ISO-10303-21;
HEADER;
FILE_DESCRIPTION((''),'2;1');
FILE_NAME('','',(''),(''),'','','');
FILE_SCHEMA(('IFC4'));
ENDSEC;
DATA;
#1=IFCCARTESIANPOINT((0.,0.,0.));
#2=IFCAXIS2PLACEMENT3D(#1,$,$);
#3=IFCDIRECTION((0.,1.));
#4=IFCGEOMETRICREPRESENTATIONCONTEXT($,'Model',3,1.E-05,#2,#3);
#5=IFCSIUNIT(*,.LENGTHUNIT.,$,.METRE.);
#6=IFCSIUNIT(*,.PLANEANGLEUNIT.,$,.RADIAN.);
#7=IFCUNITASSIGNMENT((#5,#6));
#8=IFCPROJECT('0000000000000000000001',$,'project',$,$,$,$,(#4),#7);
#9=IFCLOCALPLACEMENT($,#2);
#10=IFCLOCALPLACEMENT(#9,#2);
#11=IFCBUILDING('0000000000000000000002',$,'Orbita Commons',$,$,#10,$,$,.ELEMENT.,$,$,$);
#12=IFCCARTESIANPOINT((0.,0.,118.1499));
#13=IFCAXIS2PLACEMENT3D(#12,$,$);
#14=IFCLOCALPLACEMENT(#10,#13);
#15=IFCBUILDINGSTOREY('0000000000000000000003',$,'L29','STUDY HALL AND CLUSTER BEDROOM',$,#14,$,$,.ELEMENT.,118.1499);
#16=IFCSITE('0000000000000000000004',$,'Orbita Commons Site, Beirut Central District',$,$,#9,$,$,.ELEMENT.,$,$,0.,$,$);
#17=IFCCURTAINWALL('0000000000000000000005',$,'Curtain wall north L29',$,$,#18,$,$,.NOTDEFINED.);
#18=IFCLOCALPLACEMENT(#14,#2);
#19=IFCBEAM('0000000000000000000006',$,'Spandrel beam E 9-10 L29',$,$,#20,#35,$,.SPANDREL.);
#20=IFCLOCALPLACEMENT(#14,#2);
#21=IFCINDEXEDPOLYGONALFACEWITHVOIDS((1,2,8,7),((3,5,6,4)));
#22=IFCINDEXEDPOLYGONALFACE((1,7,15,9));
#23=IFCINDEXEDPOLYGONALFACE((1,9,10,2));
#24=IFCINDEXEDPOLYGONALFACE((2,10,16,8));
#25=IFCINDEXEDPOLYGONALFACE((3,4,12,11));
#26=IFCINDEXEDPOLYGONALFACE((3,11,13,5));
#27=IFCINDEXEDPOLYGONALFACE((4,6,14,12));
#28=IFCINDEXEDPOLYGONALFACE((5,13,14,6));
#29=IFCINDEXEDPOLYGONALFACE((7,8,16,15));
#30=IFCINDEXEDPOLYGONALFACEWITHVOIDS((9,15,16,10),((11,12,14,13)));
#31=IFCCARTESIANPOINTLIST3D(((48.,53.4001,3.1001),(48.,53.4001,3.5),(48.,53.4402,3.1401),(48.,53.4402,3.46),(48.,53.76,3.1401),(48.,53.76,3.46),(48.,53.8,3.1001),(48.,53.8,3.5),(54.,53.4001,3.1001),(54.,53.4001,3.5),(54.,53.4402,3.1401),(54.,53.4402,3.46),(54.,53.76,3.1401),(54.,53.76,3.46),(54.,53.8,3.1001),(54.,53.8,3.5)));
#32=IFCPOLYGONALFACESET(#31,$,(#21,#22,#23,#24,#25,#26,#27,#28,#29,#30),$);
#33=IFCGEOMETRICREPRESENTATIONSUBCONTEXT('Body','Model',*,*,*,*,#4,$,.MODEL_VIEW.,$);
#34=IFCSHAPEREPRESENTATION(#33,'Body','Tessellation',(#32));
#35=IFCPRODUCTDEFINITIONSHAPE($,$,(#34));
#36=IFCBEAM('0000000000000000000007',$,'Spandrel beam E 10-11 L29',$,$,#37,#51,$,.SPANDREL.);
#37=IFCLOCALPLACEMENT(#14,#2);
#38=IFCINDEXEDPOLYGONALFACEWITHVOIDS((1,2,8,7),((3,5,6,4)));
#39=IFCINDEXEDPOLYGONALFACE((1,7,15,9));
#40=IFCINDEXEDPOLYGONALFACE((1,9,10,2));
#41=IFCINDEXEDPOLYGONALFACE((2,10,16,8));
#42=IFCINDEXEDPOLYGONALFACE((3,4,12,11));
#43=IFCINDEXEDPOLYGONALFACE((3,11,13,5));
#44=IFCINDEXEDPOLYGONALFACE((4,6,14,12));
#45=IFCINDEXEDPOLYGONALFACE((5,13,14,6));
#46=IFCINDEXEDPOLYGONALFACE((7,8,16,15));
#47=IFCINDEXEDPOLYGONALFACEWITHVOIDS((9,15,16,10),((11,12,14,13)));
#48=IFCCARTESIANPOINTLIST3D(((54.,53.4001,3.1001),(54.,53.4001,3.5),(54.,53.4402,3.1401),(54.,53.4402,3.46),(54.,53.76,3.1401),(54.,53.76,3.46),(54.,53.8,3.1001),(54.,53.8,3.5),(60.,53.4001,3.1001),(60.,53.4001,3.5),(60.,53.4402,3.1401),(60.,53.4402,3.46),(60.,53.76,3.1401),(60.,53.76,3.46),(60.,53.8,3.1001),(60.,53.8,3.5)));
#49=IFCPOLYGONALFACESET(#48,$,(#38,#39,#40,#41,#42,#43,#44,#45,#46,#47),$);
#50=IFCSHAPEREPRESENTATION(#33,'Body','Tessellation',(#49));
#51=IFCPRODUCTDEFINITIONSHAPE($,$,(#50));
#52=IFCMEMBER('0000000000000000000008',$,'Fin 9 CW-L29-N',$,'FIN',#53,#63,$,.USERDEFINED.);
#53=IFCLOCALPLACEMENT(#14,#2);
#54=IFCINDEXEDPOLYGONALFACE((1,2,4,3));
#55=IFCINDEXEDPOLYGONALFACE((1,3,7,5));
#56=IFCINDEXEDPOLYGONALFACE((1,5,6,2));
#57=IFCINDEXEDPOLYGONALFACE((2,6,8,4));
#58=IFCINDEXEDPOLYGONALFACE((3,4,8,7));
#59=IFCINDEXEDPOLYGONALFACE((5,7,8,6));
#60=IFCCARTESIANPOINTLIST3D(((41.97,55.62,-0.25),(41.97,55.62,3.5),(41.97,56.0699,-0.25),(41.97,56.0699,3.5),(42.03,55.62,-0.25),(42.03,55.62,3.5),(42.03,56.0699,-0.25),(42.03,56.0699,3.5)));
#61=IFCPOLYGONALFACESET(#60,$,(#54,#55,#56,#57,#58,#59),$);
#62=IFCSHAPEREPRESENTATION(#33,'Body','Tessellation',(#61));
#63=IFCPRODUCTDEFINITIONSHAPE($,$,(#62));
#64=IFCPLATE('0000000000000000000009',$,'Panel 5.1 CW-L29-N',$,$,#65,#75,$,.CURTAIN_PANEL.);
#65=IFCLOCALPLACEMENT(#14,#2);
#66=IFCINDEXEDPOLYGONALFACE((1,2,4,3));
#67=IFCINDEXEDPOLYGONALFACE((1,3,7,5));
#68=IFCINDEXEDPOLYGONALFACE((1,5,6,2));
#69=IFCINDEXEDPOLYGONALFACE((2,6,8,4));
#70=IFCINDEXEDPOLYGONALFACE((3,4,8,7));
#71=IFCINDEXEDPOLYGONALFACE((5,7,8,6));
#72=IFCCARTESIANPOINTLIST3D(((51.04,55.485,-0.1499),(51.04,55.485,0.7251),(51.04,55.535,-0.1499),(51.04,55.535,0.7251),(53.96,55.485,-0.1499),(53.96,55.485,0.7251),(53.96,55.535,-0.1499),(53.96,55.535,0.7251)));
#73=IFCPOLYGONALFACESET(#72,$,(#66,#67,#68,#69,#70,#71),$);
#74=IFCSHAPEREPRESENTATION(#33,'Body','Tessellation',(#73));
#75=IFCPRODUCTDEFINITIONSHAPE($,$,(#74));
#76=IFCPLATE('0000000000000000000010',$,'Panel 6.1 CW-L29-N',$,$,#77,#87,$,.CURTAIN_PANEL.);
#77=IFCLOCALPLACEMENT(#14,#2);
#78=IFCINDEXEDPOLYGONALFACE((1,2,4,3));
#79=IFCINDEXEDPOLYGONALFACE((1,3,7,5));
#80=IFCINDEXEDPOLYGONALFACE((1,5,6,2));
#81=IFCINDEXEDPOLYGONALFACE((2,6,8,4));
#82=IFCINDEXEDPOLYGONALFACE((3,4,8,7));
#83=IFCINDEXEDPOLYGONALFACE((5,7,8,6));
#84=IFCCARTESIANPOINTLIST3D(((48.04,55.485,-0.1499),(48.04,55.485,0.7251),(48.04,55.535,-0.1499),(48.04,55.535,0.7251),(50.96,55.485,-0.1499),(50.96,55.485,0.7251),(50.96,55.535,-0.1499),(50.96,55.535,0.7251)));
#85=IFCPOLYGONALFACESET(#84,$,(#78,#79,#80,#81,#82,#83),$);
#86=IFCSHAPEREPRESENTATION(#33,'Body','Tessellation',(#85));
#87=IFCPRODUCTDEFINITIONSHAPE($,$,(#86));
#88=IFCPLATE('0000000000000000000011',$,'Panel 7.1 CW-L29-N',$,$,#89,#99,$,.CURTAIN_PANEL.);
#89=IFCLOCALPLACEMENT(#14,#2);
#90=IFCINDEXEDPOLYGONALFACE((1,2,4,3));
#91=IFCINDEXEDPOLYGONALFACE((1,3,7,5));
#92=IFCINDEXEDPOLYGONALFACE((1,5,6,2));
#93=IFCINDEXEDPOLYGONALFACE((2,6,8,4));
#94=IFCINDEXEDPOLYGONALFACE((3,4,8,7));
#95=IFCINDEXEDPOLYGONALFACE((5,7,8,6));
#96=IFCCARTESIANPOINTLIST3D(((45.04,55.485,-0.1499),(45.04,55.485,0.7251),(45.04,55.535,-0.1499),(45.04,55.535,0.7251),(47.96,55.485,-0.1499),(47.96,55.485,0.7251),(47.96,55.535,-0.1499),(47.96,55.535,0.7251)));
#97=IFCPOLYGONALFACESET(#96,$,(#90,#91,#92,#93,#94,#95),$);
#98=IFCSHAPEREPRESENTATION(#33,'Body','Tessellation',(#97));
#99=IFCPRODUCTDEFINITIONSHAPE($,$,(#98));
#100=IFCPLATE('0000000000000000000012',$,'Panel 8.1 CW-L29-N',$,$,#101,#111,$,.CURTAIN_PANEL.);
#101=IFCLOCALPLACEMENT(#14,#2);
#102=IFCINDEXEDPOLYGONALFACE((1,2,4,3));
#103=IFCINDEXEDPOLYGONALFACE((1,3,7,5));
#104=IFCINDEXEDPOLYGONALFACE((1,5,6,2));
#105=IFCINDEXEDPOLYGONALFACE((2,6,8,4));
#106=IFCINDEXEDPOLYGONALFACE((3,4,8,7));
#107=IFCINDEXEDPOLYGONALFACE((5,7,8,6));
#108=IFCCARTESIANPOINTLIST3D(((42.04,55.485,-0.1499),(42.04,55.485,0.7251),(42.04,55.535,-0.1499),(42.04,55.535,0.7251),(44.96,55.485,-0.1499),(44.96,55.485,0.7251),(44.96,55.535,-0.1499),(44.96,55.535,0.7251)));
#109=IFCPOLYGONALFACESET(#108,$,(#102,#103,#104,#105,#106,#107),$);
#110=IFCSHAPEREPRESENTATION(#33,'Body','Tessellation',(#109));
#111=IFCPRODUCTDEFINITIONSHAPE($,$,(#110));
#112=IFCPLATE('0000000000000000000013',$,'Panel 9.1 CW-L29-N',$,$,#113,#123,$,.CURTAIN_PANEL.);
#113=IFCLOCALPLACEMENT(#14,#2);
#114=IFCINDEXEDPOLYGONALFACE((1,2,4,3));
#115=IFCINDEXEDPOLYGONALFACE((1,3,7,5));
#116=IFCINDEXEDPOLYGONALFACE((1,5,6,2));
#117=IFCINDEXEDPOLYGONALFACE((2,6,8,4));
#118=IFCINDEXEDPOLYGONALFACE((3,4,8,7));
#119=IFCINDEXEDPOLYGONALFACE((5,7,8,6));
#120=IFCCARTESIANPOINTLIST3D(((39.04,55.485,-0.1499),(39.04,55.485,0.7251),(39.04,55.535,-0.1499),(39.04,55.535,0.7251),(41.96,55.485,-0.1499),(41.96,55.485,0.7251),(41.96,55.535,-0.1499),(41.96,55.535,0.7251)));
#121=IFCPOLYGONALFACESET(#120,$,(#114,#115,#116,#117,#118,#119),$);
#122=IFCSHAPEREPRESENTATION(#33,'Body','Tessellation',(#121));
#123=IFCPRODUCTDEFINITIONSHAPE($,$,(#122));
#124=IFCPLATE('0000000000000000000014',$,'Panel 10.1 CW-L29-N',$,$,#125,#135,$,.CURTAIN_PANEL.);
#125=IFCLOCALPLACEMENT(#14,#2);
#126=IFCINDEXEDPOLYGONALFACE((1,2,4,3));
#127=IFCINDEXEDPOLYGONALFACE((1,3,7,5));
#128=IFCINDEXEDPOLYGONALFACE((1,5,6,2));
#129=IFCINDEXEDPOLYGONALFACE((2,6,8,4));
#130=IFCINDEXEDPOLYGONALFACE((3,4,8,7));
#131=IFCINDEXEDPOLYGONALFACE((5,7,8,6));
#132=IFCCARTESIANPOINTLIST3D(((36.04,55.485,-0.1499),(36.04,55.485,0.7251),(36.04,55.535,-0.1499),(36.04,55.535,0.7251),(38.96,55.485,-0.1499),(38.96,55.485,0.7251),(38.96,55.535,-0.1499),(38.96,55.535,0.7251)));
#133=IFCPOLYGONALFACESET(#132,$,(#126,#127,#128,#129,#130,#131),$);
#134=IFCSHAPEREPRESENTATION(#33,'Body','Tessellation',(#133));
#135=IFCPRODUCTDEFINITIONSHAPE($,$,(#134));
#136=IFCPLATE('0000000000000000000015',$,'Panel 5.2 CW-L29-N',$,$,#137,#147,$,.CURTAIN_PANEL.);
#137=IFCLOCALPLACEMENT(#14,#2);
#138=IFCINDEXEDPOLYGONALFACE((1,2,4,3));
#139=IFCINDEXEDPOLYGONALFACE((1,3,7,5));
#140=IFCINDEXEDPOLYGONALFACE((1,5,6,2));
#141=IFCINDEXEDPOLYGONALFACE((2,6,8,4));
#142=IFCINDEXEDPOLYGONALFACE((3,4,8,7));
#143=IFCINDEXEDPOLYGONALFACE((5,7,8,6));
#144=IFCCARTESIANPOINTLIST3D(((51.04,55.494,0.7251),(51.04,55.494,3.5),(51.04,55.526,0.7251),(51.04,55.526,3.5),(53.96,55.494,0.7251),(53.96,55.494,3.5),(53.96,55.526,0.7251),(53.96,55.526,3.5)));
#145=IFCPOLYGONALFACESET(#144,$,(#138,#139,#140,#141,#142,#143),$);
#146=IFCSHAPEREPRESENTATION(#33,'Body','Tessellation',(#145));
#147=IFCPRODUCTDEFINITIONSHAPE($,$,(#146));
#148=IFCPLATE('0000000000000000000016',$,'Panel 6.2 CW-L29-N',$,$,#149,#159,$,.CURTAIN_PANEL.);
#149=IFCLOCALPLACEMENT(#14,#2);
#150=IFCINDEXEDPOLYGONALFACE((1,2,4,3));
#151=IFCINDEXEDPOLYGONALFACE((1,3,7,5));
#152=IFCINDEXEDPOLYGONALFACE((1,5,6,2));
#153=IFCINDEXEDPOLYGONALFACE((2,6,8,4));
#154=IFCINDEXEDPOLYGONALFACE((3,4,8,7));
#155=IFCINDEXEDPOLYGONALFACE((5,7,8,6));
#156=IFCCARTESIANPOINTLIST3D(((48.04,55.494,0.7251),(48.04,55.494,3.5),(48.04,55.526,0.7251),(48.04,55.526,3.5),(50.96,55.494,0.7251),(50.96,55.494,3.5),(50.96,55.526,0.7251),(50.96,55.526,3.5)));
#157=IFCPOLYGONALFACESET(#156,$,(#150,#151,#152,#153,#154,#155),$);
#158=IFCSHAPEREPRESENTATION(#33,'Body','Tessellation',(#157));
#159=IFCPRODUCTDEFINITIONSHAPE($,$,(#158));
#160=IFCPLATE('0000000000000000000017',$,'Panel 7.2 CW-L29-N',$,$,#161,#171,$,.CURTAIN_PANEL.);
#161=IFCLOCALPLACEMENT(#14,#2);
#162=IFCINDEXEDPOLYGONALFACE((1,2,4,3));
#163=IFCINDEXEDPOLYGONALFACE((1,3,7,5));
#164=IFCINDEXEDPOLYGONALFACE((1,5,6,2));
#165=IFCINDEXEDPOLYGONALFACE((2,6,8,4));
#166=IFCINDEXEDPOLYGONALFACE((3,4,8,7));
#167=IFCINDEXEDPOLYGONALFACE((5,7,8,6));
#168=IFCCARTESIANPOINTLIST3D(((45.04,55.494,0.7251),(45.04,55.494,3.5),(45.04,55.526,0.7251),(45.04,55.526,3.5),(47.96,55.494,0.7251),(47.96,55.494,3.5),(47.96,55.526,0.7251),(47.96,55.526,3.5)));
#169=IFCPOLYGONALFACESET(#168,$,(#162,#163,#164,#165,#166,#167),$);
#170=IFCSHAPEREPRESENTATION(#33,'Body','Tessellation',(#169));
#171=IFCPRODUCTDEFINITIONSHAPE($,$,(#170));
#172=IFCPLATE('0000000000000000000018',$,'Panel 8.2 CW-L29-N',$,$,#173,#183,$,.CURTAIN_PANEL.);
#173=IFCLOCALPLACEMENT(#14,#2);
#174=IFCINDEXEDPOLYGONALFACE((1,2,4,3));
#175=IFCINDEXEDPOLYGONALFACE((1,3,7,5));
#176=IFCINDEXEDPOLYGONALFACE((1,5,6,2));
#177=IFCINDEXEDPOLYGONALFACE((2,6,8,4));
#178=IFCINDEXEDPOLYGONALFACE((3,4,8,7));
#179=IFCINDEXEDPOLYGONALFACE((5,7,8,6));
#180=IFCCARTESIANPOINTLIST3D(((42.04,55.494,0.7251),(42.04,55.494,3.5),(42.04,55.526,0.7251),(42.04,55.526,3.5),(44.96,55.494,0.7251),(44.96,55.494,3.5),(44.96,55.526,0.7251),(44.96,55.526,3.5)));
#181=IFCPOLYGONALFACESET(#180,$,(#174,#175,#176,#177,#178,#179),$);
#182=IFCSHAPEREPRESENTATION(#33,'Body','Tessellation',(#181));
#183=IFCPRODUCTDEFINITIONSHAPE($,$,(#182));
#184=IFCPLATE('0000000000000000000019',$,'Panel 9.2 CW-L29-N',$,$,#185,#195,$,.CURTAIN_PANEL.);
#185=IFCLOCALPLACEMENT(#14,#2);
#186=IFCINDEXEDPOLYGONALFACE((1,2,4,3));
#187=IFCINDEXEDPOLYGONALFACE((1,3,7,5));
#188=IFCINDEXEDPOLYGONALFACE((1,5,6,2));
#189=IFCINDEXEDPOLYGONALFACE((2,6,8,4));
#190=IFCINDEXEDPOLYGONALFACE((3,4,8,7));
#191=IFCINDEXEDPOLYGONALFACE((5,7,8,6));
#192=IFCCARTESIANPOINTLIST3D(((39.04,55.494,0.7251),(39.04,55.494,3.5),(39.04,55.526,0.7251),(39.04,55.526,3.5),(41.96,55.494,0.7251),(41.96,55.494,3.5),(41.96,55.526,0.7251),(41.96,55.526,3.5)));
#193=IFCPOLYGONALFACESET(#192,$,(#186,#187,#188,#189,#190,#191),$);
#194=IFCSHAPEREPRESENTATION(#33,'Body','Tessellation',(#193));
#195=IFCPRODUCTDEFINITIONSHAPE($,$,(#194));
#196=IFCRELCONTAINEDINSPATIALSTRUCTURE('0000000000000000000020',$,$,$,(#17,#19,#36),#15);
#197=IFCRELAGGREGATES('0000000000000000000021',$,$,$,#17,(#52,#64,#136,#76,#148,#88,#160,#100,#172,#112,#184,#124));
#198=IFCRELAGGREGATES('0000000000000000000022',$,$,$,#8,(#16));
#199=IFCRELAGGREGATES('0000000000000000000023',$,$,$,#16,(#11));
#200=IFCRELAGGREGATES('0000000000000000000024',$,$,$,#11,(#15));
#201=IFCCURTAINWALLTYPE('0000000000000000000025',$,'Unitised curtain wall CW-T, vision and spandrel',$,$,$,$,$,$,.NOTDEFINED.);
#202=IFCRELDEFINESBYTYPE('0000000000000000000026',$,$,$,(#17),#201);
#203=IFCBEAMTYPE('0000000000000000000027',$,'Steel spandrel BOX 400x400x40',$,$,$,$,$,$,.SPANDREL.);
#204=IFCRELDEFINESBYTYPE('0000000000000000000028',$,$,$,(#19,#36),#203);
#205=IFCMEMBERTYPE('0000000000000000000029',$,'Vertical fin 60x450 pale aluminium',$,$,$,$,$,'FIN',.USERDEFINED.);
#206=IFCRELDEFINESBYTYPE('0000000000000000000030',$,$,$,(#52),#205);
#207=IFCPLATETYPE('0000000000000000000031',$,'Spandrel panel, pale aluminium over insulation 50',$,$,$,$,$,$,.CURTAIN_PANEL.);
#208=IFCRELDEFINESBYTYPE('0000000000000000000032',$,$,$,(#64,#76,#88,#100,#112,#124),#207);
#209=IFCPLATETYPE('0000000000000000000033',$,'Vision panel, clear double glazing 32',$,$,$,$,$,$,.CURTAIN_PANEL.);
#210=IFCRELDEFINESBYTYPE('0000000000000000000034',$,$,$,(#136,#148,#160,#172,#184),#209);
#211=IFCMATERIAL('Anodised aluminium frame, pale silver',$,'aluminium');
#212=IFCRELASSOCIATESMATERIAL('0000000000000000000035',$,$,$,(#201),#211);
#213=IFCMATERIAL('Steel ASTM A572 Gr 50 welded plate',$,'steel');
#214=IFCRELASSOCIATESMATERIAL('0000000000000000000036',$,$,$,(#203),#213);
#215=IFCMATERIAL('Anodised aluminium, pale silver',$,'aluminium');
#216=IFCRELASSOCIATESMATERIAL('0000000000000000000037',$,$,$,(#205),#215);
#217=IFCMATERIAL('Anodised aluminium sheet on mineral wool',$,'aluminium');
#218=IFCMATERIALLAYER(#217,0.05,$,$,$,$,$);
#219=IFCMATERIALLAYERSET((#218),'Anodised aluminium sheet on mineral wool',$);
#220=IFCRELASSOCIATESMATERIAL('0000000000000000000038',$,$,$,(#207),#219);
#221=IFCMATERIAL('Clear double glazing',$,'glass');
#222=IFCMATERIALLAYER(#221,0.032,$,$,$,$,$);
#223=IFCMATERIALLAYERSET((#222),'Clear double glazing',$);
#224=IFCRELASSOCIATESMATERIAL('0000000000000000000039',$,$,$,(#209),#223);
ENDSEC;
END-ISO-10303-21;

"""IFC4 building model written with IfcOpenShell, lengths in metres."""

from ifc_helpers import new_model, si_unit, direction, frame, origin, origin_2d, place, context, subcontext, project, spatial, rectangle, hollow_rectangle, extrude, material, layer, layer_set, material_profile, profile_set, type_object, element, aggregate, save


model = new_model("IFC4")

# Units and contexts
model_context = context("Model", 3, precision=1e-05, world=origin(), true_north=direction((0.0, 1.0)))
body_context = subcontext(model_context, "Body", "Model", "MODEL_VIEW")
ifc_project = project(units=[si_unit("LENGTHUNIT", "METRE"), si_unit("PLANEANGLEUNIT", "RADIAN")], contexts=[model_context])

# Site, building, storey
site_placement = place(None, origin())
site = spatial("IfcSite", under=ifc_project, at=site_placement, Name="Orbita Commons Site, Beirut Central District", CompositionType="ELEMENT", RefElevation=0.0)
building_placement = place(site_placement, origin())
building = spatial("IfcBuilding", under=site, at=building_placement, Name="Orbita Commons", CompositionType="ELEMENT")
storey_placement = place(building_placement, frame((0.0, 0.0, 118.1499)))
storey = spatial("IfcBuildingStorey", under=building, at=storey_placement, Name="L29", Description="STUDY HALL AND CLUSTER BEDROOM", CompositionType="ELEMENT", Elevation=118.1499)

# Curtain wall
ifc_material_1 = material(Name="Anodised aluminium frame, pale silver", Category="aluminium")
curtain_wall_type = type_object("IfcCurtainWallType", Name="Unitised curtain wall CW-T, vision and spandrel", PredefinedType="NOTDEFINED", material=ifc_material_1)
curtain_wall_placement = place(storey_placement, origin())
curtain_wall = element("IfcCurtainWall", 1, at=curtain_wall_placement, inside=storey, type_object=curtain_wall_type, Name="Curtain wall north L29", PredefinedType="NOTDEFINED")

# Beams
ifc_material_2 = material(Name="Steel ASTM A572 Gr 50 welded plate", Category="steel")
ifc_material_profile_1 = material_profile(ifc_material_2, hollow_rectangle(XDim=0.3999, YDim=0.3999, WallThickness=0.04, at=origin_2d()), Name="BOX 400x400x40")
ifc_profile_set_1 = profile_set([ifc_material_profile_1], Name="Steel ASTM A572 Gr 50 welded plate")
beam_type = type_object("IfcBeamType", Name="Steel spandrel BOX 400x400x40", PredefinedType="SPANDREL", material=ifc_profile_set_1)
for number, where, z_axis, x_axis, name in (
    (2, (48.0, 53.6001, 3.3), (1.0, 0.0, 0.0), (0.0, 1.0, 0.0), "Spandrel beam E 9-10 L29"),
    (3, (54.0, 53.6001, 3.3), (1.0, 0.0, 0.0), (0.0, 1.0, 0.0), "Spandrel beam E 10-11 L29"),
):
    element("IfcBeam", number, at=place(storey_placement, frame(where, z_axis=z_axis, x_axis=x_axis)), inside=storey, type_object=beam_type, Name=name, PredefinedType="SPANDREL", context=body_context, shape_type="SweptSolid", body=[
        extrude(hollow_rectangle(XDim=0.3999, YDim=0.3999, WallThickness=0.04, at=origin_2d()), origin(), (0.0, 0.0, 1.0), 6.0),
    ])

# Member
ifc_material_3 = material(Name="Anodised aluminium, pale silver", Category="aluminium")
ifc_material_profile_2 = material_profile(ifc_material_3, rectangle(XDim=0.0601, YDim=0.45, at=origin_2d()), Name="FIN 60x450")
ifc_profile_set_2 = profile_set([ifc_material_profile_2], Name="Anodised aluminium, pale silver")
member_type_1 = type_object("IfcMemberType", Name="Vertical fin 60x450 pale aluminium", ElementType="FIN", PredefinedType="USERDEFINED", material=ifc_profile_set_2)
member_1_placement = place(storey_placement, frame((42.0, 55.845, -0.25), z_axis=(0.0, 0.0, 1.0), x_axis=(-1.0, 0.0, 0.0)))
member_1 = element("IfcMember", 4, at=member_1_placement, type_object=member_type_1, Name="Fin 9 CW-L29-N", ObjectType="FIN", PredefinedType="USERDEFINED", context=body_context, shape_type="SweptSolid", body=[
    extrude(rectangle(XDim=0.0601, YDim=0.45, at=origin_2d()), origin(), (0.0, 0.0, 1.0), 3.75),
])

# Plates
ifc_material_4 = material(Name="Anodised aluminium sheet on mineral wool", Category="aluminium")
ifc_layer_1 = layer(ifc_material_4, 0.05)
ifc_layer_set_1 = layer_set([ifc_layer_1], Name="Anodised aluminium sheet on mineral wool")
plate_type_1 = type_object("IfcPlateType", Name="Spandrel panel, pale aluminium over insulation 50", PredefinedType="CURTAIN_PANEL", material=ifc_layer_set_1)
plate_1_placement = place(storey_placement, frame((52.5, 55.51, -0.1499), z_axis=(0.0, 0.0, 1.0), x_axis=(-1.0, 0.0, 0.0)))
plate_1 = element("IfcPlate", 5, at=plate_1_placement, type_object=plate_type_1, Name="Panel 5.1 CW-L29-N", PredefinedType="CURTAIN_PANEL", context=body_context, shape_type="SweptSolid", body=[
    extrude(rectangle(XDim=2.9199, YDim=0.05, at=origin_2d()), origin(), (0.0, 0.0, 1.0), 0.875),
])
plate_2_placement = place(storey_placement, frame((49.5, 55.51, -0.1499), z_axis=(0.0, 0.0, 1.0), x_axis=(-1.0, 0.0, 0.0)))
plate_2 = element("IfcPlate", 6, at=plate_2_placement, type_object=plate_type_1, Name="Panel 6.1 CW-L29-N", PredefinedType="CURTAIN_PANEL", context=body_context, shape_type="SweptSolid", body=[
    extrude(rectangle(XDim=2.9199, YDim=0.05, at=origin_2d()), origin(), (0.0, 0.0, 1.0), 0.875),
])
plate_3_placement = place(storey_placement, frame((46.5, 55.51, -0.1499), z_axis=(0.0, 0.0, 1.0), x_axis=(-1.0, 0.0, 0.0)))
plate_3 = element("IfcPlate", 7, at=plate_3_placement, type_object=plate_type_1, Name="Panel 7.1 CW-L29-N", PredefinedType="CURTAIN_PANEL", context=body_context, shape_type="SweptSolid", body=[
    extrude(rectangle(XDim=2.9199, YDim=0.05, at=origin_2d()), origin(), (0.0, 0.0, 1.0), 0.875),
])
plate_4_placement = place(storey_placement, frame((43.5, 55.51, -0.1499), z_axis=(0.0, 0.0, 1.0), x_axis=(-1.0, 0.0, 0.0)))
plate_4 = element("IfcPlate", 8, at=plate_4_placement, type_object=plate_type_1, Name="Panel 8.1 CW-L29-N", PredefinedType="CURTAIN_PANEL", context=body_context, shape_type="SweptSolid", body=[
    extrude(rectangle(XDim=2.9199, YDim=0.05, at=origin_2d()), origin(), (0.0, 0.0, 1.0), 0.875),
])
plate_5_placement = place(storey_placement, frame((40.5, 55.51, -0.1499), z_axis=(0.0, 0.0, 1.0), x_axis=(-1.0, 0.0, 0.0)))
plate_5 = element("IfcPlate", 9, at=plate_5_placement, type_object=plate_type_1, Name="Panel 9.1 CW-L29-N", PredefinedType="CURTAIN_PANEL", context=body_context, shape_type="SweptSolid", body=[
    extrude(rectangle(XDim=2.9199, YDim=0.05, at=origin_2d()), origin(), (0.0, 0.0, 1.0), 0.875),
])
plate_6_placement = place(storey_placement, frame((37.5, 55.51, -0.1499), z_axis=(0.0, 0.0, 1.0), x_axis=(-1.0, 0.0, 0.0)))
plate_6 = element("IfcPlate", 10, at=plate_6_placement, type_object=plate_type_1, Name="Panel 10.1 CW-L29-N", PredefinedType="CURTAIN_PANEL", context=body_context, shape_type="SweptSolid", body=[
    extrude(rectangle(XDim=2.9199, YDim=0.05, at=origin_2d()), origin(), (0.0, 0.0, 1.0), 0.875),
])
ifc_material_5 = material(Name="Clear double glazing", Category="glass")
ifc_layer_2 = layer(ifc_material_5, 0.032)
ifc_layer_set_2 = layer_set([ifc_layer_2], Name="Clear double glazing")
plate_type_2 = type_object("IfcPlateType", Name="Vision panel, clear double glazing 32", PredefinedType="CURTAIN_PANEL", material=ifc_layer_set_2)
plate_7_placement = place(storey_placement, frame((52.5, 55.51, 0.7251), z_axis=(0.0, 0.0, 1.0), x_axis=(-1.0, 0.0, 0.0)))
plate_7 = element("IfcPlate", 11, at=plate_7_placement, type_object=plate_type_2, Name="Panel 5.2 CW-L29-N", PredefinedType="CURTAIN_PANEL", context=body_context, shape_type="SweptSolid", body=[
    extrude(rectangle(XDim=2.9199, YDim=0.032, at=origin_2d()), origin(), (0.0, 0.0, 1.0), 2.7749),
])
plate_8_placement = place(storey_placement, frame((49.5, 55.51, 0.7251), z_axis=(0.0, 0.0, 1.0), x_axis=(-1.0, 0.0, 0.0)))
plate_8 = element("IfcPlate", 12, at=plate_8_placement, type_object=plate_type_2, Name="Panel 6.2 CW-L29-N", PredefinedType="CURTAIN_PANEL", context=body_context, shape_type="SweptSolid", body=[
    extrude(rectangle(XDim=2.9199, YDim=0.032, at=origin_2d()), origin(), (0.0, 0.0, 1.0), 2.7749),
])
plate_9_placement = place(storey_placement, frame((46.5, 55.51, 0.7251), z_axis=(0.0, 0.0, 1.0), x_axis=(-1.0, 0.0, 0.0)))
plate_9 = element("IfcPlate", 13, at=plate_9_placement, type_object=plate_type_2, Name="Panel 7.2 CW-L29-N", PredefinedType="CURTAIN_PANEL", context=body_context, shape_type="SweptSolid", body=[
    extrude(rectangle(XDim=2.9199, YDim=0.032, at=origin_2d()), origin(), (0.0, 0.0, 1.0), 2.7749),
])
plate_10_placement = place(storey_placement, frame((43.5, 55.51, 0.7251), z_axis=(0.0, 0.0, 1.0), x_axis=(-1.0, 0.0, 0.0)))
plate_10 = element("IfcPlate", 14, at=plate_10_placement, type_object=plate_type_2, Name="Panel 8.2 CW-L29-N", PredefinedType="CURTAIN_PANEL", context=body_context, shape_type="SweptSolid", body=[
    extrude(rectangle(XDim=2.9199, YDim=0.032, at=origin_2d()), origin(), (0.0, 0.0, 1.0), 2.7749),
])
plate_11_placement = place(storey_placement, frame((40.5, 55.51, 0.7251), z_axis=(0.0, 0.0, 1.0), x_axis=(-1.0, 0.0, 0.0)))
plate_11 = element("IfcPlate", 15, at=plate_11_placement, type_object=plate_type_2, Name="Panel 9.2 CW-L29-N", PredefinedType="CURTAIN_PANEL", context=body_context, shape_type="SweptSolid", body=[
    extrude(rectangle(XDim=2.9199, YDim=0.032, at=origin_2d()), origin(), (0.0, 0.0, 1.0), 2.7749),
])
aggregate(curtain_wall, [member_1, plate_1, plate_7, plate_2, plate_8, plate_3, plate_9, plate_4, plate_10, plate_5, plate_11, plate_6])

save(model, "model.ifc")
